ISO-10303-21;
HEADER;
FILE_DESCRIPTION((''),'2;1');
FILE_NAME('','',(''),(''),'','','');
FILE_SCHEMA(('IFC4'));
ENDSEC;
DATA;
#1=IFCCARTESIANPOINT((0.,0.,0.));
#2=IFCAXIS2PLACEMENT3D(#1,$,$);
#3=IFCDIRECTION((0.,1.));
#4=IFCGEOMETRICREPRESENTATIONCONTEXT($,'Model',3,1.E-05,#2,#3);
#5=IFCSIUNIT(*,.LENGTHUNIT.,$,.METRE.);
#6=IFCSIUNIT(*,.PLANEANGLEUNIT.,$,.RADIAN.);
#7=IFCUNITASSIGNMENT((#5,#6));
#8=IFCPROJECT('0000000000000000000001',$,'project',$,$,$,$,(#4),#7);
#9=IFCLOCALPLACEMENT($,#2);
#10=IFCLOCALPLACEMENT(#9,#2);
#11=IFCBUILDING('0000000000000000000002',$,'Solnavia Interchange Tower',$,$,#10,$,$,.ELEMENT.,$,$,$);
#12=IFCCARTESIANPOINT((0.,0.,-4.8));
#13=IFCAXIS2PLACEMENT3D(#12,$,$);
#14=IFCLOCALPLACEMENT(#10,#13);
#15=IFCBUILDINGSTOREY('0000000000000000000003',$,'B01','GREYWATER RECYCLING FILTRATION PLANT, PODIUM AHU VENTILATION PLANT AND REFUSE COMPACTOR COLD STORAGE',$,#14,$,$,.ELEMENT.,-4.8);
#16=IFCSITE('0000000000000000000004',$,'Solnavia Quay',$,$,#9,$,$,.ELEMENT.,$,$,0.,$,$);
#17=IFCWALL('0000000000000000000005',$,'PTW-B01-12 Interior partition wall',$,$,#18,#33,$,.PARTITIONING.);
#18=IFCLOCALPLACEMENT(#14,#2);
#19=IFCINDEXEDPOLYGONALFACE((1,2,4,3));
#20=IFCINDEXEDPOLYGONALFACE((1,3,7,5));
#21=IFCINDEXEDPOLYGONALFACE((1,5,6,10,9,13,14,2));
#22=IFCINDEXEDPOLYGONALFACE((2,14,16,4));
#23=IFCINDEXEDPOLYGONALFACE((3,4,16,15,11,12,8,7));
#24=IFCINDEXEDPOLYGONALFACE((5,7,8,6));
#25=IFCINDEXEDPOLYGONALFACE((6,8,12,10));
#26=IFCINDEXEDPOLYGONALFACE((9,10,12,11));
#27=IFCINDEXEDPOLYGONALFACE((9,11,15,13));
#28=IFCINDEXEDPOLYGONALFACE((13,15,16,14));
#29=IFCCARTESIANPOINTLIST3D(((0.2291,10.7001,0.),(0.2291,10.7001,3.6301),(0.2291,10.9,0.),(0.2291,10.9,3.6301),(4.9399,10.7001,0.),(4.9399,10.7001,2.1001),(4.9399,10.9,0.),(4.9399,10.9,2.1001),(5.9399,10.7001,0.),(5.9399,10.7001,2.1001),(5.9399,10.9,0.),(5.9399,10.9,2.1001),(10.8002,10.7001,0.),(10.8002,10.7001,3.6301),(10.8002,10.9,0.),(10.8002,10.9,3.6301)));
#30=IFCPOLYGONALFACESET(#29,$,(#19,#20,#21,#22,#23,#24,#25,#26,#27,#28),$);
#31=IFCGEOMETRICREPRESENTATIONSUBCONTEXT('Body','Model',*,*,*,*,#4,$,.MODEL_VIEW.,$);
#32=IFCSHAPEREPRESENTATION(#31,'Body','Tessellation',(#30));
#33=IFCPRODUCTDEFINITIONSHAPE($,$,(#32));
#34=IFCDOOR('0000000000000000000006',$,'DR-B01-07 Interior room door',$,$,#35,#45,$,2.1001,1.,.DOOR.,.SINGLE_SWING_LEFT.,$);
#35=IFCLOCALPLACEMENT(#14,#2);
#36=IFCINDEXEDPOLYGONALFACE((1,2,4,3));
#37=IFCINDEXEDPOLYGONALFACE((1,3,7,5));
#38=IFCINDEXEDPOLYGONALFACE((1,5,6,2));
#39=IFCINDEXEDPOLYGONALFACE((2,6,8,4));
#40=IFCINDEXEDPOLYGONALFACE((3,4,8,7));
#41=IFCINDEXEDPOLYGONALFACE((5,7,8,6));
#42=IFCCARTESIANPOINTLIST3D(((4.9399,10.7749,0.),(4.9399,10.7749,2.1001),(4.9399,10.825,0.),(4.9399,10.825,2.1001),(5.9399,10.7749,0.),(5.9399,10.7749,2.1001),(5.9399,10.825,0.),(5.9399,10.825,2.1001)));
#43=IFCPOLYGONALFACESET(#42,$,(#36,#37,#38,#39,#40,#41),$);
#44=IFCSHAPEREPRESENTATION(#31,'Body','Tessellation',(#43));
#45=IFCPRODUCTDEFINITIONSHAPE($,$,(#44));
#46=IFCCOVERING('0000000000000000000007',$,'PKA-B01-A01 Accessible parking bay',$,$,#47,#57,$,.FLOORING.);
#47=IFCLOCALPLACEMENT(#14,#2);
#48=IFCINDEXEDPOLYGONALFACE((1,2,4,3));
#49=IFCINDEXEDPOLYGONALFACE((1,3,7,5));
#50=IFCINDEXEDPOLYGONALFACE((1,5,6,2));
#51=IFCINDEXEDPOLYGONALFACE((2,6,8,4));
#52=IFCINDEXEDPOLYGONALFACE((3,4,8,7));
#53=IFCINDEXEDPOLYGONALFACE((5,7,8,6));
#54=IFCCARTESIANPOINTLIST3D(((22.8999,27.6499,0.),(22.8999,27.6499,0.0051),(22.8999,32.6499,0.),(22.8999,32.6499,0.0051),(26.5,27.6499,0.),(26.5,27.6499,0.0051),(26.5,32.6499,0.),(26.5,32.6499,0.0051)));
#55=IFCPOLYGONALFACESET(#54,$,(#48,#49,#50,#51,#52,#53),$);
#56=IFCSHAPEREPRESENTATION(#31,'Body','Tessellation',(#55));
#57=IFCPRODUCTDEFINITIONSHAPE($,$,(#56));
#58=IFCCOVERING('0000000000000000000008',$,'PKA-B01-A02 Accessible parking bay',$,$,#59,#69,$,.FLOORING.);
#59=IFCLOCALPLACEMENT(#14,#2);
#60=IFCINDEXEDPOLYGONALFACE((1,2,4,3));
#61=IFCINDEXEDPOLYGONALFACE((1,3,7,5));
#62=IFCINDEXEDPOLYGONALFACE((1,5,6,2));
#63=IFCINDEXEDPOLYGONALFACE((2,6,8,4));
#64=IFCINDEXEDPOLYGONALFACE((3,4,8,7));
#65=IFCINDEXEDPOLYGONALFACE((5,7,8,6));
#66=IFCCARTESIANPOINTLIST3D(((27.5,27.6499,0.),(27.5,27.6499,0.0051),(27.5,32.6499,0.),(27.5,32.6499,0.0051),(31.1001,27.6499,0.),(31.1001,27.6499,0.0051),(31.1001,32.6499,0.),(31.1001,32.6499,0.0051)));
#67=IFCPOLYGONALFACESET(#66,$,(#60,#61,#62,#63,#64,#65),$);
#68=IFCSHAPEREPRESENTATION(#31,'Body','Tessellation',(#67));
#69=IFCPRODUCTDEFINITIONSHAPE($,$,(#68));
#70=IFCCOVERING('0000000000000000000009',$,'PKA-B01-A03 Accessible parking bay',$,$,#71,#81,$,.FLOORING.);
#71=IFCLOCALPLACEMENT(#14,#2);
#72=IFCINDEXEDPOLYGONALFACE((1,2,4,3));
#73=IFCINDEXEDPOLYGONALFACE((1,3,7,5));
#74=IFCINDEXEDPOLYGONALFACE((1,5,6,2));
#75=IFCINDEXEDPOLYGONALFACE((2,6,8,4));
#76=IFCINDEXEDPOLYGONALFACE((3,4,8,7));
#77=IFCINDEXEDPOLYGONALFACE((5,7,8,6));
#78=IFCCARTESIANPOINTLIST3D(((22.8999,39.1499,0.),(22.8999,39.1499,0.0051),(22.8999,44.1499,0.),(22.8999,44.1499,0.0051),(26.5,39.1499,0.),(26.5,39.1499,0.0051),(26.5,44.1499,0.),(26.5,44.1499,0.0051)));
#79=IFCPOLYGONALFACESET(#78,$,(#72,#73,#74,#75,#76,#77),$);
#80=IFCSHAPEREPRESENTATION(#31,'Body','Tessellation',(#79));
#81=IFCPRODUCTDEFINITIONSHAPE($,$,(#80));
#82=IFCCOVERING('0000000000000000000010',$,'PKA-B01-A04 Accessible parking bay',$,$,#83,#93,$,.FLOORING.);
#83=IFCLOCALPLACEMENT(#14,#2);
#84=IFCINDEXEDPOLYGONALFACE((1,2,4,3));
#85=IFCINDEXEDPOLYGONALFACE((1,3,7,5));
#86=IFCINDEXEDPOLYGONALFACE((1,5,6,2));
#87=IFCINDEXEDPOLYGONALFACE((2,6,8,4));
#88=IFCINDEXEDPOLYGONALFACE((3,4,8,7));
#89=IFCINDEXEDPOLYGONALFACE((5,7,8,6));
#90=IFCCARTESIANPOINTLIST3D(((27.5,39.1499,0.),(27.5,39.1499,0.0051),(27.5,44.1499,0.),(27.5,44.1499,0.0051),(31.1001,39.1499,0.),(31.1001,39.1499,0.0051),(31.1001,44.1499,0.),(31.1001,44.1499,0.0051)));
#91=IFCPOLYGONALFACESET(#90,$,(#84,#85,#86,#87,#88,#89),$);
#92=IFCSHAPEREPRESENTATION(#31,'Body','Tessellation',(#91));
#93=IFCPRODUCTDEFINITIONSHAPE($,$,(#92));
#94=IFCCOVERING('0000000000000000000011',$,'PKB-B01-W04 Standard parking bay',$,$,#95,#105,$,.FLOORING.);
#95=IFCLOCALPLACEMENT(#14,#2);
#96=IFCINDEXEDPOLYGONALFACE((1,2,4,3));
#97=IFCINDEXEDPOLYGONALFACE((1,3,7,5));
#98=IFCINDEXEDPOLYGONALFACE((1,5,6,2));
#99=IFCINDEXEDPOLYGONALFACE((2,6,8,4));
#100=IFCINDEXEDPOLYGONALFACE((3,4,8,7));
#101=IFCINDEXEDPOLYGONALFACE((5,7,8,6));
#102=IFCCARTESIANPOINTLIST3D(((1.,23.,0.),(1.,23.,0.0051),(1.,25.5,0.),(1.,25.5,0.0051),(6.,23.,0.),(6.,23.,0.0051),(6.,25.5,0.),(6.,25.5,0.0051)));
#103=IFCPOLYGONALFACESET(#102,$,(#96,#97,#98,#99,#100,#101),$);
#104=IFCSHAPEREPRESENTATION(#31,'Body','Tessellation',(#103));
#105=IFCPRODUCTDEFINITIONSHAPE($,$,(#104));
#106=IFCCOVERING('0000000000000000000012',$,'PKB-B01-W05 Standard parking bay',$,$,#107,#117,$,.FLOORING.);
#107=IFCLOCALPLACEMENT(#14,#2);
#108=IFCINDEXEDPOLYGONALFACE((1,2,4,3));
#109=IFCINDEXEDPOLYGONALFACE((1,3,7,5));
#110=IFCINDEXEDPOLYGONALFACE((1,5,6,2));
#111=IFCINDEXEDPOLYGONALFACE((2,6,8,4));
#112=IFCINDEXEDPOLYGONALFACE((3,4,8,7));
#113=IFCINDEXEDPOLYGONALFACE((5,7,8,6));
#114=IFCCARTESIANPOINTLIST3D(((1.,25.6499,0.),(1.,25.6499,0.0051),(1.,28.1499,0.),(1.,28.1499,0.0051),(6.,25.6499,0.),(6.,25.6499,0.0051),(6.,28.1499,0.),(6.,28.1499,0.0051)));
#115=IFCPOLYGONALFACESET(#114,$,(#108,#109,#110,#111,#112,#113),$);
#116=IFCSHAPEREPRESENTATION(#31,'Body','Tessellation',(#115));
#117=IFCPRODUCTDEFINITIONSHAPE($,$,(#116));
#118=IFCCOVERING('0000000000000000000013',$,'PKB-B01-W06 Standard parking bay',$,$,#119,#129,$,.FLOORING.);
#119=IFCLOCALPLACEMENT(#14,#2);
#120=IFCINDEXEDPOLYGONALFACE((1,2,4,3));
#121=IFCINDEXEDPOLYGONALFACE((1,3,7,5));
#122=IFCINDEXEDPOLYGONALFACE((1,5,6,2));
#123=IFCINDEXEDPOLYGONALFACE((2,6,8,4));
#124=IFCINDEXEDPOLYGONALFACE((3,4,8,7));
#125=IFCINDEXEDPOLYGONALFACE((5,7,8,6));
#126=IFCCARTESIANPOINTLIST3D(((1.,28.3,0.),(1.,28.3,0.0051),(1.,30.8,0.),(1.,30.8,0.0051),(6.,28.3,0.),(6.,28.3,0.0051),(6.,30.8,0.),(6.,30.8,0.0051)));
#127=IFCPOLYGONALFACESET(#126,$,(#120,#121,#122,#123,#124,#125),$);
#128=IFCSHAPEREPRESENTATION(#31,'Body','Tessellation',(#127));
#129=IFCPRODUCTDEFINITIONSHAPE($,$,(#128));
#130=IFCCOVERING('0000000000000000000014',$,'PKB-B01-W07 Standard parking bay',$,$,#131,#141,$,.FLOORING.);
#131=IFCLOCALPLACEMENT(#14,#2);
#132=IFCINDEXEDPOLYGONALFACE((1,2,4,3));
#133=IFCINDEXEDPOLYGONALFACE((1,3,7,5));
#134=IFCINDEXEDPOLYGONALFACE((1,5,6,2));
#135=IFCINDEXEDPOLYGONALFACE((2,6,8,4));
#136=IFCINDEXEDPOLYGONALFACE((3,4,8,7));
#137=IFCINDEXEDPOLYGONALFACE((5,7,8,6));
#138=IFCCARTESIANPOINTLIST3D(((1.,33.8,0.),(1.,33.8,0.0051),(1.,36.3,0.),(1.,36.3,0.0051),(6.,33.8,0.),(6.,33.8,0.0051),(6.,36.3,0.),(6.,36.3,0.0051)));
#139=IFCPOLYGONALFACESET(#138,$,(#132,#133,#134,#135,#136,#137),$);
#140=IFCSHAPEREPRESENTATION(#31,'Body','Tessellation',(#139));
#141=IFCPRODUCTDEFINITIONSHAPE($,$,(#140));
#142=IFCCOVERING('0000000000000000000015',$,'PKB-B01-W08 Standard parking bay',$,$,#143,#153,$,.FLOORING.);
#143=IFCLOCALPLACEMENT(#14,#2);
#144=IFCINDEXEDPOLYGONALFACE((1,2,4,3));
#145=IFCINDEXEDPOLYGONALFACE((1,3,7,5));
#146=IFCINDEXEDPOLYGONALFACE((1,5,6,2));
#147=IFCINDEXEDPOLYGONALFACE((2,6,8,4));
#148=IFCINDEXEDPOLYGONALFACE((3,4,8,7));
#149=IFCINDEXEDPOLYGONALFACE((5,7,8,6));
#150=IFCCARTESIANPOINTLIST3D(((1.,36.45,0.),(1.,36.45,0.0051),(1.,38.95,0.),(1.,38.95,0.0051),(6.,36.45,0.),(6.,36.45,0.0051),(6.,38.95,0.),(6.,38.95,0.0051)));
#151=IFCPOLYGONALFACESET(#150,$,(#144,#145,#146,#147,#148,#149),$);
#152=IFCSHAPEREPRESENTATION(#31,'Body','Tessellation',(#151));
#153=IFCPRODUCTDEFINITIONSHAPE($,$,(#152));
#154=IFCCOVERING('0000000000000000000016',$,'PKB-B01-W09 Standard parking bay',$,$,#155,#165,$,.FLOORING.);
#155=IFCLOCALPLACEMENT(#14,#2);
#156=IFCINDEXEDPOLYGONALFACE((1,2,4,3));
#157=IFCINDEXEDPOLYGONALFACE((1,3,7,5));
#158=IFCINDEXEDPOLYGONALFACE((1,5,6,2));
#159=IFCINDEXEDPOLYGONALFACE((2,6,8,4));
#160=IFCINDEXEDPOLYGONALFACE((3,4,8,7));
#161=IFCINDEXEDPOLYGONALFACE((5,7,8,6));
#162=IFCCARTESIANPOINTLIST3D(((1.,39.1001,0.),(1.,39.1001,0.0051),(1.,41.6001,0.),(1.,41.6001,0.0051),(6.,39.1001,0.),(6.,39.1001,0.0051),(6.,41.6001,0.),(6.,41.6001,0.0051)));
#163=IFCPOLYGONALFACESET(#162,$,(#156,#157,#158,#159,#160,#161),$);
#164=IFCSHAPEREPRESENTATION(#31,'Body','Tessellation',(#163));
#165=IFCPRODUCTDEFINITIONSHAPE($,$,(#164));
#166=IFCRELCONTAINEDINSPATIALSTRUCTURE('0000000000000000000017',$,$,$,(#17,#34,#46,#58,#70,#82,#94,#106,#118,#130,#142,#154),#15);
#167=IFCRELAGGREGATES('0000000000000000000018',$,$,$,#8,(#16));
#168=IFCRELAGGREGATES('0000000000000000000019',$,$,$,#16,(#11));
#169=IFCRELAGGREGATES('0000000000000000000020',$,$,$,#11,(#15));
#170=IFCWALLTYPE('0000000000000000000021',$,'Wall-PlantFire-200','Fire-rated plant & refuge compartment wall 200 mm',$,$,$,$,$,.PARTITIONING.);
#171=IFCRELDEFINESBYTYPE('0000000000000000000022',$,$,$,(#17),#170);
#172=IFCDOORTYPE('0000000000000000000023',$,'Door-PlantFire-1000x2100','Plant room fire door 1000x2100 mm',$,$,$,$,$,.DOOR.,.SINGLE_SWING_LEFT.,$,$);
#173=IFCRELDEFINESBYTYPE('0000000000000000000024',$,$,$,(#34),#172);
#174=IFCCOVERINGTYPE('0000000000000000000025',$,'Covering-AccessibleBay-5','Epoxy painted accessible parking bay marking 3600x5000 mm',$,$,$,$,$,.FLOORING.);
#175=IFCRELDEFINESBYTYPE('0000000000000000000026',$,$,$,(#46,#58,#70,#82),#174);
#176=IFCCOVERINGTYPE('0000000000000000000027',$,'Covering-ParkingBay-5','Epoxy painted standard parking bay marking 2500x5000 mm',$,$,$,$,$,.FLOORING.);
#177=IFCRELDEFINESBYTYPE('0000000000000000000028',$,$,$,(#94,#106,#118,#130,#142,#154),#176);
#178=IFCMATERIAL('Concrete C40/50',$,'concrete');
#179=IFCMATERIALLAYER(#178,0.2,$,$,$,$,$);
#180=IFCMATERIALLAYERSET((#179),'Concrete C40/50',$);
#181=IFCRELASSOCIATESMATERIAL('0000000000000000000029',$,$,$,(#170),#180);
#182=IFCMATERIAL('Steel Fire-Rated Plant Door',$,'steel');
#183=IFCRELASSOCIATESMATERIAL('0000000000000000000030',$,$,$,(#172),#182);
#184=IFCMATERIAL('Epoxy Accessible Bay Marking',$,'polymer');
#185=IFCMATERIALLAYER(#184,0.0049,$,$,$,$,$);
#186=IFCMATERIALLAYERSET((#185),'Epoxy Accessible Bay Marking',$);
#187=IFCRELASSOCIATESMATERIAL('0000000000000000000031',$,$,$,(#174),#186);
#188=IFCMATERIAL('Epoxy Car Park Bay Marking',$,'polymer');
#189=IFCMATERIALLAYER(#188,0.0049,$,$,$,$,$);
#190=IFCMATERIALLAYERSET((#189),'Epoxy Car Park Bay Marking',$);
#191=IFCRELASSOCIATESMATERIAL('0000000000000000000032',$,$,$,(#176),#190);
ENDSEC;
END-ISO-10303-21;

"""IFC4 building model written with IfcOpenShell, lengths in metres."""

from ifc_helpers import new_model, si_unit, direction, frame, frame_2d, origin, place, context, subcontext, project, spatial, polyline, rectangle, outline, extrude, material, layer, layer_set, type_object, element, fill, save


model = new_model("IFC4")

# Units and contexts
model_context = context("Model", 3, precision=1e-05, world=origin(), true_north=direction((0.0, 1.0)))
body_context = subcontext(model_context, "Body", "Model", "MODEL_VIEW")
ifc_project = project(units=[si_unit("LENGTHUNIT", "METRE"), si_unit("PLANEANGLEUNIT", "RADIAN")], contexts=[model_context])

# Site, building, storey
site_placement = place(None, origin())
site = spatial("IfcSite", under=ifc_project, at=site_placement, Name="Solnavia Quay", CompositionType="ELEMENT", RefElevation=0.0)
building_placement = place(site_placement, origin())
building = spatial("IfcBuilding", under=site, at=building_placement, Name="Solnavia Interchange Tower", CompositionType="ELEMENT")
storey_placement = place(building_placement, frame((0.0, 0.0, -4.8)))
storey = spatial("IfcBuildingStorey", under=building, at=storey_placement, Name="B01", Description="GREYWATER RECYCLING FILTRATION PLANT, PODIUM AHU VENTILATION PLANT AND REFUSE COMPACTOR COLD STORAGE", CompositionType="ELEMENT", Elevation=-4.8)

# Wall, opening, door
ifc_material_1 = material(Name="Concrete C40/50", Category="concrete")
ifc_layer_1 = layer(ifc_material_1, 0.2)
ifc_layer_set_1 = layer_set([ifc_layer_1], Name="Concrete C40/50")
wall_type = type_object("IfcWallType", Name="Wall-PlantFire-200", Description="Fire-rated plant & refuge compartment wall 200 mm", PredefinedType="PARTITIONING", material=ifc_layer_set_1)
wall_1_placement = place(storey_placement, frame((0.229, 10.8, 0.0), z_axis=(0.0, 0.0, 1.0), x_axis=(1.0, 0.0, 0.0)))
wall_1 = element("IfcWall", 1, at=wall_1_placement, inside=storey, type_object=wall_type, Name="PTW-B01-12 Interior partition wall", PredefinedType="PARTITIONING", context=body_context, shape_type="SweptSolid", body=[
    extrude(rectangle(XDim=10.571, YDim=0.2, at=frame_2d((5.2856, 0.0))), origin(), (0.0, 0.0, 1.0), 3.6301),
])
opening_1_placement = place(wall_1_placement, frame((4.7109, 0.0, 0.0)))
opening_1 = element("IfcOpeningElement", 2, at=opening_1_placement, cuts=wall_1, PredefinedType="OPENING", context=body_context, shape_type="SweptSolid", body=[
    extrude(rectangle(XDim=1.0, YDim=2.1001, at=frame_2d((0.5, 1.05))), frame((0.0, 0.1099, 0.0), z_axis=(0.0, -1.0, 0.0), x_axis=(1.0, 0.0, 0.0)), (0.0, 0.0, 1.0), 0.22),
])
ifc_material_2 = material(Name="Steel Fire-Rated Plant Door", Category="steel")
door_type_1 = type_object("IfcDoorType", Name="Door-PlantFire-1000x2100", Description="Plant room fire door 1000x2100 mm", OperationType="SINGLE_SWING_LEFT", PredefinedType="DOOR", material=ifc_material_2)
door_1_placement = place(opening_1_placement, origin())
door_1 = element("IfcDoor", 3, at=door_1_placement, inside=storey, type_object=door_type_1, Name="DR-B01-07 Interior room door", OperationType="SINGLE_SWING_LEFT", OverallHeight=2.1001, OverallWidth=1.0, PredefinedType="DOOR", context=body_context, shape_type="SweptSolid", body=[
    extrude(rectangle(XDim=1.0, YDim=2.1001, at=frame_2d((0.5, 1.05))), frame((0.0, 0.0249, 0.0), z_axis=(0.0, -1.0, 0.0), x_axis=(1.0, 0.0, 0.0)), (0.0, 0.0, 1.0), 0.05),
])
fill(opening_1, door_1)

# Coverings
ifc_material_3 = material(Name="Epoxy Accessible Bay Marking", Category="polymer")
ifc_layer_2 = layer(ifc_material_3, 0.0049)
ifc_layer_set_2 = layer_set([ifc_layer_2], Name="Epoxy Accessible Bay Marking")
covering_type_1 = type_object("IfcCoveringType", Name="Covering-AccessibleBay-5", Description="Epoxy painted accessible parking bay marking 3600x5000 mm", PredefinedType="FLOORING", material=ifc_layer_set_2)
covering_1_placement = place(storey_placement, origin())
element("IfcCovering", 4, at=covering_1_placement, inside=storey, type_object=covering_type_1, Name="PKA-B01-A01 Accessible parking bay", PredefinedType="FLOORING", context=body_context, shape_type="SweptSolid", body=[
    extrude(outline(polyline([(22.8999, 27.6499), (26.5, 27.6499), (26.5, 32.6499), (22.8999, 32.6499), (22.8999, 27.6499)])), origin(), (0.0, 0.0, 1.0), 0.0051),
])
covering_2_placement = place(storey_placement, origin())
element("IfcCovering", 5, at=covering_2_placement, inside=storey, type_object=covering_type_1, Name="PKA-B01-A02 Accessible parking bay", PredefinedType="FLOORING", context=body_context, shape_type="SweptSolid", body=[
    extrude(outline(polyline([(27.5, 27.6499), (31.1001, 27.6499), (31.1001, 32.6499), (27.5, 32.6499), (27.5, 27.6499)])), origin(), (0.0, 0.0, 1.0), 0.0051),
])
covering_3_placement = place(storey_placement, origin())
element("IfcCovering", 6, at=covering_3_placement, inside=storey, type_object=covering_type_1, Name="PKA-B01-A03 Accessible parking bay", PredefinedType="FLOORING", context=body_context, shape_type="SweptSolid", body=[
    extrude(outline(polyline([(22.8999, 39.1499), (26.5, 39.1499), (26.5, 44.1499), (22.8999, 44.1499), (22.8999, 39.1499)])), origin(), (0.0, 0.0, 1.0), 0.0051),
])
covering_4_placement = place(storey_placement, origin())
element("IfcCovering", 7, at=covering_4_placement, inside=storey, type_object=covering_type_1, Name="PKA-B01-A04 Accessible parking bay", PredefinedType="FLOORING", context=body_context, shape_type="SweptSolid", body=[
    extrude(outline(polyline([(27.5, 39.1499), (31.1001, 39.1499), (31.1001, 44.1499), (27.5, 44.1499), (27.5, 39.1499)])), origin(), (0.0, 0.0, 1.0), 0.0051),
])
ifc_material_4 = material(Name="Epoxy Car Park Bay Marking", Category="polymer")
ifc_layer_3 = layer(ifc_material_4, 0.0049)
ifc_layer_set_3 = layer_set([ifc_layer_3], Name="Epoxy Car Park Bay Marking")
covering_type_2 = type_object("IfcCoveringType", Name="Covering-ParkingBay-5", Description="Epoxy painted standard parking bay marking 2500x5000 mm", PredefinedType="FLOORING", material=ifc_layer_set_3)
covering_5_placement = place(storey_placement, origin())
element("IfcCovering", 8, at=covering_5_placement, inside=storey, type_object=covering_type_2, Name="PKB-B01-W04 Standard parking bay", PredefinedType="FLOORING", context=body_context, shape_type="SweptSolid", body=[
    extrude(outline(polyline([(1.0, 23.0), (6.0, 23.0), (6.0, 25.5), (1.0, 25.5), (1.0, 23.0)])), origin(), (0.0, 0.0, 1.0), 0.0051),
])
covering_6_placement = place(storey_placement, origin())
element("IfcCovering", 9, at=covering_6_placement, inside=storey, type_object=covering_type_2, Name="PKB-B01-W05 Standard parking bay", PredefinedType="FLOORING", context=body_context, shape_type="SweptSolid", body=[
    extrude(outline(polyline([(1.0, 25.6499), (6.0, 25.6499), (6.0, 28.1499), (1.0, 28.1499), (1.0, 25.6499)])), origin(), (0.0, 0.0, 1.0), 0.0051),
])
covering_7_placement = place(storey_placement, origin())
element("IfcCovering", 10, at=covering_7_placement, inside=storey, type_object=covering_type_2, Name="PKB-B01-W06 Standard parking bay", PredefinedType="FLOORING", context=body_context, shape_type="SweptSolid", body=[
    extrude(outline(polyline([(1.0, 28.3), (6.0, 28.3), (6.0, 30.8), (1.0, 30.8), (1.0, 28.3)])), origin(), (0.0, 0.0, 1.0), 0.0051),
])
covering_8_placement = place(storey_placement, origin())
element("IfcCovering", 11, at=covering_8_placement, inside=storey, type_object=covering_type_2, Name="PKB-B01-W07 Standard parking bay", PredefinedType="FLOORING", context=body_context, shape_type="SweptSolid", body=[
    extrude(outline(polyline([(1.0, 33.8), (6.0, 33.8), (6.0, 36.3), (1.0, 36.3), (1.0, 33.8)])), origin(), (0.0, 0.0, 1.0), 0.0051),
])
covering_9_placement = place(storey_placement, origin())
element("IfcCovering", 12, at=covering_9_placement, inside=storey, type_object=covering_type_2, Name="PKB-B01-W08 Standard parking bay", PredefinedType="FLOORING", context=body_context, shape_type="SweptSolid", body=[
    extrude(outline(polyline([(1.0, 36.45), (6.0, 36.45), (6.0, 38.95), (1.0, 38.95), (1.0, 36.45)])), origin(), (0.0, 0.0, 1.0), 0.0051),
])
covering_10_placement = place(storey_placement, origin())
element("IfcCovering", 13, at=covering_10_placement, inside=storey, type_object=covering_type_2, Name="PKB-B01-W09 Standard parking bay", PredefinedType="FLOORING", context=body_context, shape_type="SweptSolid", body=[
    extrude(outline(polyline([(1.0, 39.1001), (6.0, 39.1001), (6.0, 41.6001), (1.0, 41.6001), (1.0, 39.1001)])), origin(), (0.0, 0.0, 1.0), 0.0051),
])

save(model, "model.ifc")
